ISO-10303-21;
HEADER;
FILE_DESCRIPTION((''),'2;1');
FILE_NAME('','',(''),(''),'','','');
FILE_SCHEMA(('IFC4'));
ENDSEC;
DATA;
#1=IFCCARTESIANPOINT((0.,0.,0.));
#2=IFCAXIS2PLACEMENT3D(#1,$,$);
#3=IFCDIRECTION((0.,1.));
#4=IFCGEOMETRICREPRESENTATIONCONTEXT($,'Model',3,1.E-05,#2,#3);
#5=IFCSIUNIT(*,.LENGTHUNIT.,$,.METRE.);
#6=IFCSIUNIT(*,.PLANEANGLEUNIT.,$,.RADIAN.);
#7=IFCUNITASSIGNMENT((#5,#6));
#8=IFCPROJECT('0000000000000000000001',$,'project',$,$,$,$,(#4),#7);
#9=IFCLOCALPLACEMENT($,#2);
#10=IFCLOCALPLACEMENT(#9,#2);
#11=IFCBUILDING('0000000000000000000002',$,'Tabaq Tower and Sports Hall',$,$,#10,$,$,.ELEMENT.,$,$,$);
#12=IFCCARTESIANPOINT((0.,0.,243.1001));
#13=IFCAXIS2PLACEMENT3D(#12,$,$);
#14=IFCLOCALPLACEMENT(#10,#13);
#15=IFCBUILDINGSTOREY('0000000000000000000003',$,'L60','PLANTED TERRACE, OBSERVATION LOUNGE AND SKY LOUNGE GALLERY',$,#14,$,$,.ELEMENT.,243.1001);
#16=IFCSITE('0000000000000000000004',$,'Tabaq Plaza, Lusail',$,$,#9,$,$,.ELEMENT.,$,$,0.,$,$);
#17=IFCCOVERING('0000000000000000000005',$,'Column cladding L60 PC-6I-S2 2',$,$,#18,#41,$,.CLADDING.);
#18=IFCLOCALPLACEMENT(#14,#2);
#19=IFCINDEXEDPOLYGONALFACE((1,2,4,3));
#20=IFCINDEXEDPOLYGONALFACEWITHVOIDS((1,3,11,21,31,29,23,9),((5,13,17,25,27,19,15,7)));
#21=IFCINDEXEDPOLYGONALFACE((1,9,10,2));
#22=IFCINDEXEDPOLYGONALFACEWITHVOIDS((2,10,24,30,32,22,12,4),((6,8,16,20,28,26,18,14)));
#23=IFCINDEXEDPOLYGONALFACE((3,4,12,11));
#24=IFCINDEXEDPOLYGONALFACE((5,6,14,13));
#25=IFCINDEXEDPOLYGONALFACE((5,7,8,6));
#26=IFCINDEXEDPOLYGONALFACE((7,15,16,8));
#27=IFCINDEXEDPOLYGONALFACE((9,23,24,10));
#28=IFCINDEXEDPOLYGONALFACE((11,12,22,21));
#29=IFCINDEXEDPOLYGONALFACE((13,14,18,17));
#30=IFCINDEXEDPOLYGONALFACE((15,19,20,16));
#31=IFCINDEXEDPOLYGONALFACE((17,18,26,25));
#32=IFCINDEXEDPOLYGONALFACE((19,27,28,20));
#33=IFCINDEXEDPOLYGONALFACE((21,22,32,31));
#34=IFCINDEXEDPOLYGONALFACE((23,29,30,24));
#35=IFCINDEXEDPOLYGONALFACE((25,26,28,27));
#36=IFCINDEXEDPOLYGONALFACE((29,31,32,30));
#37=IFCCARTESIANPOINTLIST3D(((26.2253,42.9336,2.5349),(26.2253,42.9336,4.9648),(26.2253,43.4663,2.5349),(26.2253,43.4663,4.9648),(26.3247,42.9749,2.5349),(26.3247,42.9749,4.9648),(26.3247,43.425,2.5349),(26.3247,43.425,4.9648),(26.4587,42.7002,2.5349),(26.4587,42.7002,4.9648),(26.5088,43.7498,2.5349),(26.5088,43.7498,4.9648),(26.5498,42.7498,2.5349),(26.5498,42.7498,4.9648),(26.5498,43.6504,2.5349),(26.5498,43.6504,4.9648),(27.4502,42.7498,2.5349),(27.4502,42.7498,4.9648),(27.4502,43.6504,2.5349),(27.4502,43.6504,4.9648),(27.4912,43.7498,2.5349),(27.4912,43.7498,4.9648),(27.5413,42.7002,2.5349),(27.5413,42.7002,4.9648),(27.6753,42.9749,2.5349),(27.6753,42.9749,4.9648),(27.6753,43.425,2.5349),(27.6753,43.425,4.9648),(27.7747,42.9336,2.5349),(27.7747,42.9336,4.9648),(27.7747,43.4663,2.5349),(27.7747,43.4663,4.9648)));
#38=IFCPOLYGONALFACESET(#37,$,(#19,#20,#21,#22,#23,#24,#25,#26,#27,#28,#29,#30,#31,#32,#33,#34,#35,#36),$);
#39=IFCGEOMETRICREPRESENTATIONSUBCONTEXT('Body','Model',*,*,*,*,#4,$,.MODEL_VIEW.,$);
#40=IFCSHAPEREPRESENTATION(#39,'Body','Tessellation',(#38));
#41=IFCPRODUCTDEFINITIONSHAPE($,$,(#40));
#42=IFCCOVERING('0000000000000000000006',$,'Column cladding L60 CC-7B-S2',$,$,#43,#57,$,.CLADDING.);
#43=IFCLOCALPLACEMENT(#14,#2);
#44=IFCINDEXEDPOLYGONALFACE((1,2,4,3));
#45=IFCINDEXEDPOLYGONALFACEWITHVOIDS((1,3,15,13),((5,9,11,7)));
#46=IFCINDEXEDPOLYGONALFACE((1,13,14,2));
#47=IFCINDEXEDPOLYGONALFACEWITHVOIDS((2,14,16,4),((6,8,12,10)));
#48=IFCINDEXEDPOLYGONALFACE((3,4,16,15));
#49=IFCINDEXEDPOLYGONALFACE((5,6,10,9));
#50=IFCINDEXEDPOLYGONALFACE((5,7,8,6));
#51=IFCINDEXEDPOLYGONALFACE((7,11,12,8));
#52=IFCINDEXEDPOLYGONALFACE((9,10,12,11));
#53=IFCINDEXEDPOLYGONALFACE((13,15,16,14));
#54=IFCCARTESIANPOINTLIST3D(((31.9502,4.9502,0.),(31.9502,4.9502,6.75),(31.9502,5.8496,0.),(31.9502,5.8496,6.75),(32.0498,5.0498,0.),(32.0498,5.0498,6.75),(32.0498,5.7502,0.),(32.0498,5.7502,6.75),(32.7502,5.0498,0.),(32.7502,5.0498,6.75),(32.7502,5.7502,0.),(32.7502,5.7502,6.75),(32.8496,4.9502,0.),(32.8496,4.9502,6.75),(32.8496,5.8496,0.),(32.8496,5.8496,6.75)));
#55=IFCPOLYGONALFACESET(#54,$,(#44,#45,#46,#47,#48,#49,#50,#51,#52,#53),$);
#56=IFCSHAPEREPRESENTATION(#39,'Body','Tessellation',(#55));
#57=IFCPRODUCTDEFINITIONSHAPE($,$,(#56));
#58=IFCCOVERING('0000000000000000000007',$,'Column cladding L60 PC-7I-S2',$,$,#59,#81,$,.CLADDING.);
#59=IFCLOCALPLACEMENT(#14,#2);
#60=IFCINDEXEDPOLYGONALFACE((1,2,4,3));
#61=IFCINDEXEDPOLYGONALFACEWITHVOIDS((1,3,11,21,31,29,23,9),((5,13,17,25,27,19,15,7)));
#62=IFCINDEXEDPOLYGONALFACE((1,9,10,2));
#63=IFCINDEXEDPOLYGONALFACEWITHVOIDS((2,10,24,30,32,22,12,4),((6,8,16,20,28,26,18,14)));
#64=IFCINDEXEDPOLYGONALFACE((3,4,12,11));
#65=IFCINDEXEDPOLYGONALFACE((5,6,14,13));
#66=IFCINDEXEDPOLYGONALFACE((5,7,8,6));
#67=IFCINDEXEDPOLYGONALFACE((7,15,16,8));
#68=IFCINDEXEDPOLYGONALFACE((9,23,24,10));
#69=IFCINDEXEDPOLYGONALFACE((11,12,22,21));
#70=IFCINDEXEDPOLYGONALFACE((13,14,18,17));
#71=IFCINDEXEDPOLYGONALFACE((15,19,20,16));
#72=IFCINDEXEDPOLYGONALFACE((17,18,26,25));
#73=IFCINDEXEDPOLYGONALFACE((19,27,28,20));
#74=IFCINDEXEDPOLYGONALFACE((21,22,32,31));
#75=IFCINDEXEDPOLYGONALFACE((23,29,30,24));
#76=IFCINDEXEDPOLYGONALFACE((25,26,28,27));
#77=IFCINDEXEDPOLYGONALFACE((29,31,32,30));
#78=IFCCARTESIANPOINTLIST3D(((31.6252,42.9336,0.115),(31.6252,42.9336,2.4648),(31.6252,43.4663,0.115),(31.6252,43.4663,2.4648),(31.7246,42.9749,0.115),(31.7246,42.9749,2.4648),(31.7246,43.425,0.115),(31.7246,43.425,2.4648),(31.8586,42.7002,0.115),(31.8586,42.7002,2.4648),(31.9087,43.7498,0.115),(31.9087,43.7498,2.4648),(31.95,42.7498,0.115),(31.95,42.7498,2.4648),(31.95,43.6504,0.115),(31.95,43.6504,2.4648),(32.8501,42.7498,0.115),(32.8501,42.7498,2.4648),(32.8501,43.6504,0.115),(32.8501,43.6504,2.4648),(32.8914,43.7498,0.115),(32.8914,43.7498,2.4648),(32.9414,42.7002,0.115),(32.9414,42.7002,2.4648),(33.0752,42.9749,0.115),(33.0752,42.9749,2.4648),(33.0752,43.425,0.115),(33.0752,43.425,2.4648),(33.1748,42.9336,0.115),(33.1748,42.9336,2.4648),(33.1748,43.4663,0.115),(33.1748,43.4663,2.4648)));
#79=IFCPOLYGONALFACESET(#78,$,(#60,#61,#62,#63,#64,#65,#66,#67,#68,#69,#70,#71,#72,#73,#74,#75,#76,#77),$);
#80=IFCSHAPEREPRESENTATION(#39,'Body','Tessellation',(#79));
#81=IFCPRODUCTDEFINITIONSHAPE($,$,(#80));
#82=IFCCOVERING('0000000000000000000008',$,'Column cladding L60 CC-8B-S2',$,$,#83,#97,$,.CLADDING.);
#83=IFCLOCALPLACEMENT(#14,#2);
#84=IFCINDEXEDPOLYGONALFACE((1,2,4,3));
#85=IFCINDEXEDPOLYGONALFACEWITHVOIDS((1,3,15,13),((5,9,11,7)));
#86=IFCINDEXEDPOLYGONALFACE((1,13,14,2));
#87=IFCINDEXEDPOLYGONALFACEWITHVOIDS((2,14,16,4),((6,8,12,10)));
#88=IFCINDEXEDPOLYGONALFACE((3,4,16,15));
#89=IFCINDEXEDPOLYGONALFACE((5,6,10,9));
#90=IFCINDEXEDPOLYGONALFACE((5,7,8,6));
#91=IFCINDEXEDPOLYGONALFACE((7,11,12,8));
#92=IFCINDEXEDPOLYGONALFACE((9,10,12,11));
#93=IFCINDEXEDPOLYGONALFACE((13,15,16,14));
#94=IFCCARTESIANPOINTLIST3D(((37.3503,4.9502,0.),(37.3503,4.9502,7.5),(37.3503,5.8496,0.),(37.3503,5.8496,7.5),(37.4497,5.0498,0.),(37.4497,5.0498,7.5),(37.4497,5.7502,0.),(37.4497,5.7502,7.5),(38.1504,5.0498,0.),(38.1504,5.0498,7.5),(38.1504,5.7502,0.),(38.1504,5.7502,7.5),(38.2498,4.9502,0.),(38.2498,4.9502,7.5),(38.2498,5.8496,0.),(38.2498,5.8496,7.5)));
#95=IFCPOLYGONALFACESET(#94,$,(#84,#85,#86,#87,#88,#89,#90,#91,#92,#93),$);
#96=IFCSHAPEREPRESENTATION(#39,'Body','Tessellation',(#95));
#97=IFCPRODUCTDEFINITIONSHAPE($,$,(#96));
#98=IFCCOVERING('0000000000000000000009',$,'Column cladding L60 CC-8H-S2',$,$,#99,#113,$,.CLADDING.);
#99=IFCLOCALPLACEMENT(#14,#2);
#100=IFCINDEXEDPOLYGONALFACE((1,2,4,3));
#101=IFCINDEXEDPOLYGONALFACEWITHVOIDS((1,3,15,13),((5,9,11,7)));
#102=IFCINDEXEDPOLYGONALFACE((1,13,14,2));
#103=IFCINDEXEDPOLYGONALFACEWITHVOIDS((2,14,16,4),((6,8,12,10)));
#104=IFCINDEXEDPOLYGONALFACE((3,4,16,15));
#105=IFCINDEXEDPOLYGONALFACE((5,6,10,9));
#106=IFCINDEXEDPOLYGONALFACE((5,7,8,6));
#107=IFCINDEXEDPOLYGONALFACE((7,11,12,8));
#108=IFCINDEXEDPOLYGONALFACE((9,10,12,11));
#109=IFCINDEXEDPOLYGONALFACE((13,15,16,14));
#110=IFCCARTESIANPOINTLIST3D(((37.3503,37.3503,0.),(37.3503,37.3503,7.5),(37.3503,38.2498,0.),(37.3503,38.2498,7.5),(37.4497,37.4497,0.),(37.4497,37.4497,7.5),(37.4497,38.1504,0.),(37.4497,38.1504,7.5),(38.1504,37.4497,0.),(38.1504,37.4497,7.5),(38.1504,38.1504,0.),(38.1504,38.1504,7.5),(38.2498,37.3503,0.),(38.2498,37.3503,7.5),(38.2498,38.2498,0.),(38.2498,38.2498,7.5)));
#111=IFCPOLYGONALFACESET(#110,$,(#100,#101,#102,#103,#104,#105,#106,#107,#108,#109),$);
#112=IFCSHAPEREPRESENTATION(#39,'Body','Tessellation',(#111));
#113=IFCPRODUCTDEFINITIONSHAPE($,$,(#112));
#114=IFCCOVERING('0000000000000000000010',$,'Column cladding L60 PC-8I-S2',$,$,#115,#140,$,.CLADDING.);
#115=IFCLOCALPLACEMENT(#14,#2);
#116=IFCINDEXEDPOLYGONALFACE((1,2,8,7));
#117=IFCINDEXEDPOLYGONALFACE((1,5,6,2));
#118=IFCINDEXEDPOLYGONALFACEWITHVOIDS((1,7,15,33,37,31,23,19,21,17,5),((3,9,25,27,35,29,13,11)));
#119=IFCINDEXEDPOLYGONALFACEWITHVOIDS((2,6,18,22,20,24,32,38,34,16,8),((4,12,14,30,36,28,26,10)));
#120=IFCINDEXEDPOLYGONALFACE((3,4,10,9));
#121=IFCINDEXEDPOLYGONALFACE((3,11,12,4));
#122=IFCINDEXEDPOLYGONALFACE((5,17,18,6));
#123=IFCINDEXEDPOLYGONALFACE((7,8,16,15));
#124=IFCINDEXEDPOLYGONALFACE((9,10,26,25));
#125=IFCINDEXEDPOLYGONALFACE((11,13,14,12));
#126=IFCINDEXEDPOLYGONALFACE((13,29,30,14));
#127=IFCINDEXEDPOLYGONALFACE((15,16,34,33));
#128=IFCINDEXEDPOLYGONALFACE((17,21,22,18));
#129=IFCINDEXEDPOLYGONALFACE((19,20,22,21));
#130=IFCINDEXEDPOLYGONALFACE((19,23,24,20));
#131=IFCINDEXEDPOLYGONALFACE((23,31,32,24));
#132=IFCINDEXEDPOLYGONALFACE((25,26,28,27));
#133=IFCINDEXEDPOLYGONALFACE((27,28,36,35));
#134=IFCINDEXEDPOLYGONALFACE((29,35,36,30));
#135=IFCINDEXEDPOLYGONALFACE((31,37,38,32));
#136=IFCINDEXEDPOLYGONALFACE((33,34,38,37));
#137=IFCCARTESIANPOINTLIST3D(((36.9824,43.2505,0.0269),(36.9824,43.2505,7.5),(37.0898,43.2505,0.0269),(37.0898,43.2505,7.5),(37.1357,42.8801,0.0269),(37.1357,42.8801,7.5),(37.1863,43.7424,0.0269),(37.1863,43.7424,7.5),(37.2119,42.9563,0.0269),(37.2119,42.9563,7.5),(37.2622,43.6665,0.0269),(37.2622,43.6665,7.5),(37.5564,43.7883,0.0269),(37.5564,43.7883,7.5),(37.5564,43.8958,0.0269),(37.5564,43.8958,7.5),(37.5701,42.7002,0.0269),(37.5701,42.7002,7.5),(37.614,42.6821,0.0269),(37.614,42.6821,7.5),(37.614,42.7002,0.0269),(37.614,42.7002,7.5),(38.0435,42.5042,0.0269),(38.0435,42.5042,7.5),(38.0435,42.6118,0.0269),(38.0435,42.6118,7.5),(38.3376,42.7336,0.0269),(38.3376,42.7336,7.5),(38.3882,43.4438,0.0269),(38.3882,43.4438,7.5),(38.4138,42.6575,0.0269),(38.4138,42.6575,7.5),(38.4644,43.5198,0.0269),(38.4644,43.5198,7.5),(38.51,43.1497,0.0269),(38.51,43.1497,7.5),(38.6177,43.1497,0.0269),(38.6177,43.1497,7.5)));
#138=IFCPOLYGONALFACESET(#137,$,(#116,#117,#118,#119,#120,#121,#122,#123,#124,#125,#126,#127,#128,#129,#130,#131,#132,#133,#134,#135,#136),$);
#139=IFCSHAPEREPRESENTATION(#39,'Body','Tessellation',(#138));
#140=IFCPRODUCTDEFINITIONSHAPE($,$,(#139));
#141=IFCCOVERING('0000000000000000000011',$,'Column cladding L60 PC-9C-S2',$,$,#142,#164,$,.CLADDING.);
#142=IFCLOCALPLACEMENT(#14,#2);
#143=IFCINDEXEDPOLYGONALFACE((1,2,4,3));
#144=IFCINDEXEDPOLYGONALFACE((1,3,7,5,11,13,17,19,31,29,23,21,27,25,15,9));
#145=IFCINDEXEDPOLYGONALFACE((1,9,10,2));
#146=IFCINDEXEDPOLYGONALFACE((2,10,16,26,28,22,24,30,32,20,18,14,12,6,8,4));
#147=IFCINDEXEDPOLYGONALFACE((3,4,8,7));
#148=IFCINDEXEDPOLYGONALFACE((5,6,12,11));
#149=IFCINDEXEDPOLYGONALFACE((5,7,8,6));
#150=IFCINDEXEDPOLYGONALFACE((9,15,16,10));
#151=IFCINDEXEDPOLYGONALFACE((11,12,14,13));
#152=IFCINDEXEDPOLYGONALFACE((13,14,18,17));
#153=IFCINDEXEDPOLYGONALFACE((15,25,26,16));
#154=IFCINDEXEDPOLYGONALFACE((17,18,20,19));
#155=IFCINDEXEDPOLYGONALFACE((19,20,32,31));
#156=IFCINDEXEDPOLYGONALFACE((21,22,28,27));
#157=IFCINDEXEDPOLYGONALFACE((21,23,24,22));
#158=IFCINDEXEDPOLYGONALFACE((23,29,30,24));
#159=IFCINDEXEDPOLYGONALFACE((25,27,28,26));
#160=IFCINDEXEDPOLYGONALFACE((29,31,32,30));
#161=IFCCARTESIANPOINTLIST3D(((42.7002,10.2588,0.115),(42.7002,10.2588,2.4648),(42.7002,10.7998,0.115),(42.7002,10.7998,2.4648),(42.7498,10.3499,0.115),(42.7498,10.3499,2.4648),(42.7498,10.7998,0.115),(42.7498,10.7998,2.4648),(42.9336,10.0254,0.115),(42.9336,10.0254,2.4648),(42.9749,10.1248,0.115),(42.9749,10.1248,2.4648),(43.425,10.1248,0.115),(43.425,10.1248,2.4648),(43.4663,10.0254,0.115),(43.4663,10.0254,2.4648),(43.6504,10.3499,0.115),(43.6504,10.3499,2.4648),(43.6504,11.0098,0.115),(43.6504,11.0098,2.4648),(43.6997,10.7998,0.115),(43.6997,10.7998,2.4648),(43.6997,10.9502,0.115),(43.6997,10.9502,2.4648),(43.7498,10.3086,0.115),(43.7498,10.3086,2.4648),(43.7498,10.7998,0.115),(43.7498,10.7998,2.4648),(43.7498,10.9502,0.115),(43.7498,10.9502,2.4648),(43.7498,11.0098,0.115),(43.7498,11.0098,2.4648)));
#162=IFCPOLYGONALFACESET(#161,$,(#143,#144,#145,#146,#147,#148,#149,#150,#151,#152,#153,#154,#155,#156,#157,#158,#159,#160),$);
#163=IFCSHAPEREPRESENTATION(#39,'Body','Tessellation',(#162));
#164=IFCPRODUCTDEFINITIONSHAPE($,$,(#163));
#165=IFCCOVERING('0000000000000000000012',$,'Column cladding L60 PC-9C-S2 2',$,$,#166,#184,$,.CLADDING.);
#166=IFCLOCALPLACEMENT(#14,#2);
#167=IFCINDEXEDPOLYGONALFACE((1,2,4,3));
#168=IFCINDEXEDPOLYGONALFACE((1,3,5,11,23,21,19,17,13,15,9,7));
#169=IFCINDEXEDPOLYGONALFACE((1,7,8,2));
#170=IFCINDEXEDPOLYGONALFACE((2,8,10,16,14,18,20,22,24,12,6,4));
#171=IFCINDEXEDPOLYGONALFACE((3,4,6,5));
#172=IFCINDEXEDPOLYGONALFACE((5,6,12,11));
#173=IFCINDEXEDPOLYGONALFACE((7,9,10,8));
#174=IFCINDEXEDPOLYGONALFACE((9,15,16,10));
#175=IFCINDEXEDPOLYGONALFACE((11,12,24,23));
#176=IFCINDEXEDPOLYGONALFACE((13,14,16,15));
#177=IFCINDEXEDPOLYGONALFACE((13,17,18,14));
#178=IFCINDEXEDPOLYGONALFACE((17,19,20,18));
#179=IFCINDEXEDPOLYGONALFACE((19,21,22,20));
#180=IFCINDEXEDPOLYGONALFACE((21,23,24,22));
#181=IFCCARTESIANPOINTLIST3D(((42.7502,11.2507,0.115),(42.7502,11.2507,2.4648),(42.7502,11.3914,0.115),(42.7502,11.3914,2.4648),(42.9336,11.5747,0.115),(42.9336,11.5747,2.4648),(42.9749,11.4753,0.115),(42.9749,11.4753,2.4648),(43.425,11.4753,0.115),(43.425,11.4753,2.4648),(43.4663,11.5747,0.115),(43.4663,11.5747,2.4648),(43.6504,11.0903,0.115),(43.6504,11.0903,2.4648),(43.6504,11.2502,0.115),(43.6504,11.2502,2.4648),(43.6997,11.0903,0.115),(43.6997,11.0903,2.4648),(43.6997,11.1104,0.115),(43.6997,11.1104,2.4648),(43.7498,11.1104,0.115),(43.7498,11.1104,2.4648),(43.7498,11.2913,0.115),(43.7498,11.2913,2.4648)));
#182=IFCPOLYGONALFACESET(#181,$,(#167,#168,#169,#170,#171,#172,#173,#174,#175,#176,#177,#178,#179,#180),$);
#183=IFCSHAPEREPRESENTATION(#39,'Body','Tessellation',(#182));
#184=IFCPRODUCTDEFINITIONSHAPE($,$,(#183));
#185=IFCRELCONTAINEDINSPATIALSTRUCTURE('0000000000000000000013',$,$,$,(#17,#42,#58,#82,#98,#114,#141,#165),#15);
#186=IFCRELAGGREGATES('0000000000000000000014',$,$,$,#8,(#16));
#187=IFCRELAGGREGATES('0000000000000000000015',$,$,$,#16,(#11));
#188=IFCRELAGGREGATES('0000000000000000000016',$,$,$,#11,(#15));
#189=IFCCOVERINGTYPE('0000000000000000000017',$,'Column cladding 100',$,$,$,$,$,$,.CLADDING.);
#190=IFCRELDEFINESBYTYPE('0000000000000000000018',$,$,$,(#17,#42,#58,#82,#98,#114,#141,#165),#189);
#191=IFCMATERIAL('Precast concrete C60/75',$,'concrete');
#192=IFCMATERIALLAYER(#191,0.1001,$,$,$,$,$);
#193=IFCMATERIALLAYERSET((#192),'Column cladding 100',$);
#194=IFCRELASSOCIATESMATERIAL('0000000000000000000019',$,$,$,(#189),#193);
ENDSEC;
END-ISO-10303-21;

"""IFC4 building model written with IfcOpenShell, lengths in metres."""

from ifc_helpers import new_model, si_unit, direction, frame, origin, place, context, subcontext, project, spatial, polyline, outline, extrude, material, layer, layer_set, type_object, element, save


model = new_model("IFC4")

# Units and contexts
model_context = context("Model", 3, precision=1e-05, world=origin(), true_north=direction((0.0, 1.0)))
body_context = subcontext(model_context, "Body", "Model", "MODEL_VIEW")
ifc_project = project(units=[si_unit("LENGTHUNIT", "METRE"), si_unit("PLANEANGLEUNIT", "RADIAN")], contexts=[model_context])

# Site, building, storey
site_placement = place(None, origin())
site = spatial("IfcSite", under=ifc_project, at=site_placement, Name="Tabaq Plaza, Lusail", CompositionType="ELEMENT", RefElevation=0.0)
building_placement = place(site_placement, origin())
building = spatial("IfcBuilding", under=site, at=building_placement, Name="Tabaq Tower and Sports Hall", CompositionType="ELEMENT")
storey_placement = place(building_placement, frame((0.0, 0.0, 243.1001)))
storey = spatial("IfcBuildingStorey", under=building, at=storey_placement, Name="L60", Description="PLANTED TERRACE, OBSERVATION LOUNGE AND SKY LOUNGE GALLERY", CompositionType="ELEMENT", Elevation=243.1001)

# Coverings
ifc_material_1 = material(Name="Precast concrete C60/75", Category="concrete")
ifc_layer_1 = layer(ifc_material_1, 0.1001)
ifc_layer_set_1 = layer_set([ifc_layer_1], Name="Column cladding 100")
covering_type = type_object("IfcCoveringType", Name="Column cladding 100", PredefinedType="CLADDING", material=ifc_layer_set_1)
covering_1_placement = place(storey_placement, frame((0.0, 0.0, 2.5349)))
element("IfcCovering", 1, at=covering_1_placement, inside=storey, type_object=covering_type, Name="Column cladding L60 PC-6I-S2 2", PredefinedType="CLADDING", context=body_context, shape_type="SweptSolid", body=[
    extrude(outline(polyline([(26.2253, 43.4663), (26.5088, 43.7498), (27.4912, 43.7498), (27.7747, 43.4663), (27.7747, 42.9336), (27.5413, 42.7002), (26.4587, 42.7002), (26.2253, 42.9336), (26.2253, 43.4663)]), holes=[polyline([(27.6753, 42.9749), (27.6753, 43.425), (27.4502, 43.6504), (26.5498, 43.6504), (26.3247, 43.425), (26.3247, 42.9749), (26.5498, 42.7498), (27.4502, 42.7498), (27.6753, 42.9749)])]), origin(), (0.0, 0.0, 1.0), 2.4299),
])
covering_2_placement = place(storey_placement, origin())
element("IfcCovering", 2, at=covering_2_placement, inside=storey, type_object=covering_type, Name="Column cladding L60 CC-7B-S2", PredefinedType="CLADDING", context=body_context, shape_type="SweptSolid", body=[
    extrude(outline(polyline([(31.9502, 5.8496), (32.8496, 5.8496), (32.8496, 4.9502), (31.9502, 4.9502), (31.9502, 5.8496)]), holes=[polyline([(32.7502, 5.0498), (32.7502, 5.7502), (32.0498, 5.7502), (32.0498, 5.0498), (32.7502, 5.0498)])]), origin(), (0.0, 0.0, 1.0), 6.75),
])
covering_3_placement = place(storey_placement, frame((0.0, 0.0, 0.115)))
element("IfcCovering", 3, at=covering_3_placement, inside=storey, type_object=covering_type, Name="Column cladding L60 PC-7I-S2", PredefinedType="CLADDING", context=body_context, shape_type="SweptSolid", body=[
    extrude(outline(polyline([(31.6252, 43.4663), (31.9087, 43.7498), (32.8914, 43.7498), (33.1748, 43.4663), (33.1748, 42.9336), (32.9414, 42.7002), (31.8586, 42.7002), (31.6252, 42.9336), (31.6252, 43.4663)]), holes=[polyline([(33.0752, 42.9749), (33.0752, 43.425), (32.8501, 43.6504), (31.95, 43.6504), (31.7246, 43.425), (31.7246, 42.9749), (31.95, 42.7498), (32.8501, 42.7498), (33.0752, 42.9749)])]), origin(), (0.0, 0.0, 1.0), 2.3499),
])
covering_4_placement = place(storey_placement, origin())
element("IfcCovering", 4, at=covering_4_placement, inside=storey, type_object=covering_type, Name="Column cladding L60 CC-8B-S2", PredefinedType="CLADDING", context=body_context, shape_type="SweptSolid", body=[
    extrude(outline(polyline([(37.3503, 5.8496), (38.2498, 5.8496), (38.2498, 4.9502), (37.3503, 4.9502), (37.3503, 5.8496)]), holes=[polyline([(38.1504, 5.0498), (38.1504, 5.7502), (37.4497, 5.7502), (37.4497, 5.0498), (38.1504, 5.0498)])]), origin(), (0.0, 0.0, 1.0), 7.5),
])
covering_5_placement = place(storey_placement, origin())
element("IfcCovering", 5, at=covering_5_placement, inside=storey, type_object=covering_type, Name="Column cladding L60 CC-8H-S2", PredefinedType="CLADDING", context=body_context, shape_type="SweptSolid", body=[
    extrude(outline(polyline([(37.3503, 38.2498), (38.2498, 38.2498), (38.2498, 37.3503), (37.3503, 37.3503), (37.3503, 38.2498)]), holes=[polyline([(38.1504, 37.4497), (38.1504, 38.1504), (37.4497, 38.1504), (37.4497, 37.4497), (38.1504, 37.4497)])]), origin(), (0.0, 0.0, 1.0), 7.5),
])
covering_6_placement = place(storey_placement, frame((0.0, 0.0, 0.0269)))
element("IfcCovering", 6, at=covering_6_placement, inside=storey, type_object=covering_type, Name="Column cladding L60 PC-8I-S2", PredefinedType="CLADDING", context=body_context, shape_type="SweptSolid", body=[
    extrude(outline(polyline([(38.4138, 42.6575), (38.0435, 42.5042), (37.614, 42.6821), (37.614, 42.7002), (37.5701, 42.7002), (37.1357, 42.8801), (36.9824, 43.2505), (37.1863, 43.7424), (37.5564, 43.8958), (38.4644, 43.5198), (38.6177, 43.1497), (38.4138, 42.6575)]), holes=[polyline([(37.2622, 43.6665), (37.0898, 43.2505), (37.2119, 42.9563), (38.0435, 42.6118), (38.3376, 42.7336), (38.51, 43.1497), (38.3882, 43.4438), (37.5564, 43.7883), (37.2622, 43.6665)])]), origin(), (0.0, 0.0, 1.0), 7.4731),
])
covering_7_placement = place(storey_placement, frame((0.0, 0.0, 0.115)))
element("IfcCovering", 7, at=covering_7_placement, inside=storey, type_object=covering_type, Name="Column cladding L60 PC-9C-S2", PredefinedType="CLADDING", context=body_context, shape_type="SweptSolid", body=[
    extrude(outline(polyline([(42.9336, 10.0254), (42.7002, 10.2588), (42.7002, 10.7998), (42.7498, 10.7998), (42.7498, 10.3499), (42.9749, 10.1248), (43.425, 10.1248), (43.6504, 10.3499), (43.6504, 11.0098), (43.7498, 11.0098), (43.7498, 10.9502), (43.6997, 10.9502), (43.6997, 10.7998), (43.7498, 10.7998), (43.7498, 10.3086), (43.4663, 10.0254), (42.9336, 10.0254)])), origin(), (0.0, 0.0, 1.0), 2.3499),
])
covering_8_placement = place(storey_placement, frame((0.0, 0.0, 0.115)))
element("IfcCovering", 8, at=covering_8_placement, inside=storey, type_object=covering_type, Name="Column cladding L60 PC-9C-S2 2", PredefinedType="CLADDING", context=body_context, shape_type="SweptSolid", body=[
    extrude(outline(polyline([(42.9336, 11.5747), (43.4663, 11.5747), (43.7498, 11.2913), (43.7498, 11.1104), (43.6997, 11.1104), (43.6997, 11.0903), (43.6504, 11.0903), (43.6504, 11.2502), (43.425, 11.4753), (42.9749, 11.4753), (42.7502, 11.2507), (42.7502, 11.3914), (42.9336, 11.5747)])), origin(), (0.0, 0.0, 1.0), 2.3499),
])

save(model, "model.ifc")
